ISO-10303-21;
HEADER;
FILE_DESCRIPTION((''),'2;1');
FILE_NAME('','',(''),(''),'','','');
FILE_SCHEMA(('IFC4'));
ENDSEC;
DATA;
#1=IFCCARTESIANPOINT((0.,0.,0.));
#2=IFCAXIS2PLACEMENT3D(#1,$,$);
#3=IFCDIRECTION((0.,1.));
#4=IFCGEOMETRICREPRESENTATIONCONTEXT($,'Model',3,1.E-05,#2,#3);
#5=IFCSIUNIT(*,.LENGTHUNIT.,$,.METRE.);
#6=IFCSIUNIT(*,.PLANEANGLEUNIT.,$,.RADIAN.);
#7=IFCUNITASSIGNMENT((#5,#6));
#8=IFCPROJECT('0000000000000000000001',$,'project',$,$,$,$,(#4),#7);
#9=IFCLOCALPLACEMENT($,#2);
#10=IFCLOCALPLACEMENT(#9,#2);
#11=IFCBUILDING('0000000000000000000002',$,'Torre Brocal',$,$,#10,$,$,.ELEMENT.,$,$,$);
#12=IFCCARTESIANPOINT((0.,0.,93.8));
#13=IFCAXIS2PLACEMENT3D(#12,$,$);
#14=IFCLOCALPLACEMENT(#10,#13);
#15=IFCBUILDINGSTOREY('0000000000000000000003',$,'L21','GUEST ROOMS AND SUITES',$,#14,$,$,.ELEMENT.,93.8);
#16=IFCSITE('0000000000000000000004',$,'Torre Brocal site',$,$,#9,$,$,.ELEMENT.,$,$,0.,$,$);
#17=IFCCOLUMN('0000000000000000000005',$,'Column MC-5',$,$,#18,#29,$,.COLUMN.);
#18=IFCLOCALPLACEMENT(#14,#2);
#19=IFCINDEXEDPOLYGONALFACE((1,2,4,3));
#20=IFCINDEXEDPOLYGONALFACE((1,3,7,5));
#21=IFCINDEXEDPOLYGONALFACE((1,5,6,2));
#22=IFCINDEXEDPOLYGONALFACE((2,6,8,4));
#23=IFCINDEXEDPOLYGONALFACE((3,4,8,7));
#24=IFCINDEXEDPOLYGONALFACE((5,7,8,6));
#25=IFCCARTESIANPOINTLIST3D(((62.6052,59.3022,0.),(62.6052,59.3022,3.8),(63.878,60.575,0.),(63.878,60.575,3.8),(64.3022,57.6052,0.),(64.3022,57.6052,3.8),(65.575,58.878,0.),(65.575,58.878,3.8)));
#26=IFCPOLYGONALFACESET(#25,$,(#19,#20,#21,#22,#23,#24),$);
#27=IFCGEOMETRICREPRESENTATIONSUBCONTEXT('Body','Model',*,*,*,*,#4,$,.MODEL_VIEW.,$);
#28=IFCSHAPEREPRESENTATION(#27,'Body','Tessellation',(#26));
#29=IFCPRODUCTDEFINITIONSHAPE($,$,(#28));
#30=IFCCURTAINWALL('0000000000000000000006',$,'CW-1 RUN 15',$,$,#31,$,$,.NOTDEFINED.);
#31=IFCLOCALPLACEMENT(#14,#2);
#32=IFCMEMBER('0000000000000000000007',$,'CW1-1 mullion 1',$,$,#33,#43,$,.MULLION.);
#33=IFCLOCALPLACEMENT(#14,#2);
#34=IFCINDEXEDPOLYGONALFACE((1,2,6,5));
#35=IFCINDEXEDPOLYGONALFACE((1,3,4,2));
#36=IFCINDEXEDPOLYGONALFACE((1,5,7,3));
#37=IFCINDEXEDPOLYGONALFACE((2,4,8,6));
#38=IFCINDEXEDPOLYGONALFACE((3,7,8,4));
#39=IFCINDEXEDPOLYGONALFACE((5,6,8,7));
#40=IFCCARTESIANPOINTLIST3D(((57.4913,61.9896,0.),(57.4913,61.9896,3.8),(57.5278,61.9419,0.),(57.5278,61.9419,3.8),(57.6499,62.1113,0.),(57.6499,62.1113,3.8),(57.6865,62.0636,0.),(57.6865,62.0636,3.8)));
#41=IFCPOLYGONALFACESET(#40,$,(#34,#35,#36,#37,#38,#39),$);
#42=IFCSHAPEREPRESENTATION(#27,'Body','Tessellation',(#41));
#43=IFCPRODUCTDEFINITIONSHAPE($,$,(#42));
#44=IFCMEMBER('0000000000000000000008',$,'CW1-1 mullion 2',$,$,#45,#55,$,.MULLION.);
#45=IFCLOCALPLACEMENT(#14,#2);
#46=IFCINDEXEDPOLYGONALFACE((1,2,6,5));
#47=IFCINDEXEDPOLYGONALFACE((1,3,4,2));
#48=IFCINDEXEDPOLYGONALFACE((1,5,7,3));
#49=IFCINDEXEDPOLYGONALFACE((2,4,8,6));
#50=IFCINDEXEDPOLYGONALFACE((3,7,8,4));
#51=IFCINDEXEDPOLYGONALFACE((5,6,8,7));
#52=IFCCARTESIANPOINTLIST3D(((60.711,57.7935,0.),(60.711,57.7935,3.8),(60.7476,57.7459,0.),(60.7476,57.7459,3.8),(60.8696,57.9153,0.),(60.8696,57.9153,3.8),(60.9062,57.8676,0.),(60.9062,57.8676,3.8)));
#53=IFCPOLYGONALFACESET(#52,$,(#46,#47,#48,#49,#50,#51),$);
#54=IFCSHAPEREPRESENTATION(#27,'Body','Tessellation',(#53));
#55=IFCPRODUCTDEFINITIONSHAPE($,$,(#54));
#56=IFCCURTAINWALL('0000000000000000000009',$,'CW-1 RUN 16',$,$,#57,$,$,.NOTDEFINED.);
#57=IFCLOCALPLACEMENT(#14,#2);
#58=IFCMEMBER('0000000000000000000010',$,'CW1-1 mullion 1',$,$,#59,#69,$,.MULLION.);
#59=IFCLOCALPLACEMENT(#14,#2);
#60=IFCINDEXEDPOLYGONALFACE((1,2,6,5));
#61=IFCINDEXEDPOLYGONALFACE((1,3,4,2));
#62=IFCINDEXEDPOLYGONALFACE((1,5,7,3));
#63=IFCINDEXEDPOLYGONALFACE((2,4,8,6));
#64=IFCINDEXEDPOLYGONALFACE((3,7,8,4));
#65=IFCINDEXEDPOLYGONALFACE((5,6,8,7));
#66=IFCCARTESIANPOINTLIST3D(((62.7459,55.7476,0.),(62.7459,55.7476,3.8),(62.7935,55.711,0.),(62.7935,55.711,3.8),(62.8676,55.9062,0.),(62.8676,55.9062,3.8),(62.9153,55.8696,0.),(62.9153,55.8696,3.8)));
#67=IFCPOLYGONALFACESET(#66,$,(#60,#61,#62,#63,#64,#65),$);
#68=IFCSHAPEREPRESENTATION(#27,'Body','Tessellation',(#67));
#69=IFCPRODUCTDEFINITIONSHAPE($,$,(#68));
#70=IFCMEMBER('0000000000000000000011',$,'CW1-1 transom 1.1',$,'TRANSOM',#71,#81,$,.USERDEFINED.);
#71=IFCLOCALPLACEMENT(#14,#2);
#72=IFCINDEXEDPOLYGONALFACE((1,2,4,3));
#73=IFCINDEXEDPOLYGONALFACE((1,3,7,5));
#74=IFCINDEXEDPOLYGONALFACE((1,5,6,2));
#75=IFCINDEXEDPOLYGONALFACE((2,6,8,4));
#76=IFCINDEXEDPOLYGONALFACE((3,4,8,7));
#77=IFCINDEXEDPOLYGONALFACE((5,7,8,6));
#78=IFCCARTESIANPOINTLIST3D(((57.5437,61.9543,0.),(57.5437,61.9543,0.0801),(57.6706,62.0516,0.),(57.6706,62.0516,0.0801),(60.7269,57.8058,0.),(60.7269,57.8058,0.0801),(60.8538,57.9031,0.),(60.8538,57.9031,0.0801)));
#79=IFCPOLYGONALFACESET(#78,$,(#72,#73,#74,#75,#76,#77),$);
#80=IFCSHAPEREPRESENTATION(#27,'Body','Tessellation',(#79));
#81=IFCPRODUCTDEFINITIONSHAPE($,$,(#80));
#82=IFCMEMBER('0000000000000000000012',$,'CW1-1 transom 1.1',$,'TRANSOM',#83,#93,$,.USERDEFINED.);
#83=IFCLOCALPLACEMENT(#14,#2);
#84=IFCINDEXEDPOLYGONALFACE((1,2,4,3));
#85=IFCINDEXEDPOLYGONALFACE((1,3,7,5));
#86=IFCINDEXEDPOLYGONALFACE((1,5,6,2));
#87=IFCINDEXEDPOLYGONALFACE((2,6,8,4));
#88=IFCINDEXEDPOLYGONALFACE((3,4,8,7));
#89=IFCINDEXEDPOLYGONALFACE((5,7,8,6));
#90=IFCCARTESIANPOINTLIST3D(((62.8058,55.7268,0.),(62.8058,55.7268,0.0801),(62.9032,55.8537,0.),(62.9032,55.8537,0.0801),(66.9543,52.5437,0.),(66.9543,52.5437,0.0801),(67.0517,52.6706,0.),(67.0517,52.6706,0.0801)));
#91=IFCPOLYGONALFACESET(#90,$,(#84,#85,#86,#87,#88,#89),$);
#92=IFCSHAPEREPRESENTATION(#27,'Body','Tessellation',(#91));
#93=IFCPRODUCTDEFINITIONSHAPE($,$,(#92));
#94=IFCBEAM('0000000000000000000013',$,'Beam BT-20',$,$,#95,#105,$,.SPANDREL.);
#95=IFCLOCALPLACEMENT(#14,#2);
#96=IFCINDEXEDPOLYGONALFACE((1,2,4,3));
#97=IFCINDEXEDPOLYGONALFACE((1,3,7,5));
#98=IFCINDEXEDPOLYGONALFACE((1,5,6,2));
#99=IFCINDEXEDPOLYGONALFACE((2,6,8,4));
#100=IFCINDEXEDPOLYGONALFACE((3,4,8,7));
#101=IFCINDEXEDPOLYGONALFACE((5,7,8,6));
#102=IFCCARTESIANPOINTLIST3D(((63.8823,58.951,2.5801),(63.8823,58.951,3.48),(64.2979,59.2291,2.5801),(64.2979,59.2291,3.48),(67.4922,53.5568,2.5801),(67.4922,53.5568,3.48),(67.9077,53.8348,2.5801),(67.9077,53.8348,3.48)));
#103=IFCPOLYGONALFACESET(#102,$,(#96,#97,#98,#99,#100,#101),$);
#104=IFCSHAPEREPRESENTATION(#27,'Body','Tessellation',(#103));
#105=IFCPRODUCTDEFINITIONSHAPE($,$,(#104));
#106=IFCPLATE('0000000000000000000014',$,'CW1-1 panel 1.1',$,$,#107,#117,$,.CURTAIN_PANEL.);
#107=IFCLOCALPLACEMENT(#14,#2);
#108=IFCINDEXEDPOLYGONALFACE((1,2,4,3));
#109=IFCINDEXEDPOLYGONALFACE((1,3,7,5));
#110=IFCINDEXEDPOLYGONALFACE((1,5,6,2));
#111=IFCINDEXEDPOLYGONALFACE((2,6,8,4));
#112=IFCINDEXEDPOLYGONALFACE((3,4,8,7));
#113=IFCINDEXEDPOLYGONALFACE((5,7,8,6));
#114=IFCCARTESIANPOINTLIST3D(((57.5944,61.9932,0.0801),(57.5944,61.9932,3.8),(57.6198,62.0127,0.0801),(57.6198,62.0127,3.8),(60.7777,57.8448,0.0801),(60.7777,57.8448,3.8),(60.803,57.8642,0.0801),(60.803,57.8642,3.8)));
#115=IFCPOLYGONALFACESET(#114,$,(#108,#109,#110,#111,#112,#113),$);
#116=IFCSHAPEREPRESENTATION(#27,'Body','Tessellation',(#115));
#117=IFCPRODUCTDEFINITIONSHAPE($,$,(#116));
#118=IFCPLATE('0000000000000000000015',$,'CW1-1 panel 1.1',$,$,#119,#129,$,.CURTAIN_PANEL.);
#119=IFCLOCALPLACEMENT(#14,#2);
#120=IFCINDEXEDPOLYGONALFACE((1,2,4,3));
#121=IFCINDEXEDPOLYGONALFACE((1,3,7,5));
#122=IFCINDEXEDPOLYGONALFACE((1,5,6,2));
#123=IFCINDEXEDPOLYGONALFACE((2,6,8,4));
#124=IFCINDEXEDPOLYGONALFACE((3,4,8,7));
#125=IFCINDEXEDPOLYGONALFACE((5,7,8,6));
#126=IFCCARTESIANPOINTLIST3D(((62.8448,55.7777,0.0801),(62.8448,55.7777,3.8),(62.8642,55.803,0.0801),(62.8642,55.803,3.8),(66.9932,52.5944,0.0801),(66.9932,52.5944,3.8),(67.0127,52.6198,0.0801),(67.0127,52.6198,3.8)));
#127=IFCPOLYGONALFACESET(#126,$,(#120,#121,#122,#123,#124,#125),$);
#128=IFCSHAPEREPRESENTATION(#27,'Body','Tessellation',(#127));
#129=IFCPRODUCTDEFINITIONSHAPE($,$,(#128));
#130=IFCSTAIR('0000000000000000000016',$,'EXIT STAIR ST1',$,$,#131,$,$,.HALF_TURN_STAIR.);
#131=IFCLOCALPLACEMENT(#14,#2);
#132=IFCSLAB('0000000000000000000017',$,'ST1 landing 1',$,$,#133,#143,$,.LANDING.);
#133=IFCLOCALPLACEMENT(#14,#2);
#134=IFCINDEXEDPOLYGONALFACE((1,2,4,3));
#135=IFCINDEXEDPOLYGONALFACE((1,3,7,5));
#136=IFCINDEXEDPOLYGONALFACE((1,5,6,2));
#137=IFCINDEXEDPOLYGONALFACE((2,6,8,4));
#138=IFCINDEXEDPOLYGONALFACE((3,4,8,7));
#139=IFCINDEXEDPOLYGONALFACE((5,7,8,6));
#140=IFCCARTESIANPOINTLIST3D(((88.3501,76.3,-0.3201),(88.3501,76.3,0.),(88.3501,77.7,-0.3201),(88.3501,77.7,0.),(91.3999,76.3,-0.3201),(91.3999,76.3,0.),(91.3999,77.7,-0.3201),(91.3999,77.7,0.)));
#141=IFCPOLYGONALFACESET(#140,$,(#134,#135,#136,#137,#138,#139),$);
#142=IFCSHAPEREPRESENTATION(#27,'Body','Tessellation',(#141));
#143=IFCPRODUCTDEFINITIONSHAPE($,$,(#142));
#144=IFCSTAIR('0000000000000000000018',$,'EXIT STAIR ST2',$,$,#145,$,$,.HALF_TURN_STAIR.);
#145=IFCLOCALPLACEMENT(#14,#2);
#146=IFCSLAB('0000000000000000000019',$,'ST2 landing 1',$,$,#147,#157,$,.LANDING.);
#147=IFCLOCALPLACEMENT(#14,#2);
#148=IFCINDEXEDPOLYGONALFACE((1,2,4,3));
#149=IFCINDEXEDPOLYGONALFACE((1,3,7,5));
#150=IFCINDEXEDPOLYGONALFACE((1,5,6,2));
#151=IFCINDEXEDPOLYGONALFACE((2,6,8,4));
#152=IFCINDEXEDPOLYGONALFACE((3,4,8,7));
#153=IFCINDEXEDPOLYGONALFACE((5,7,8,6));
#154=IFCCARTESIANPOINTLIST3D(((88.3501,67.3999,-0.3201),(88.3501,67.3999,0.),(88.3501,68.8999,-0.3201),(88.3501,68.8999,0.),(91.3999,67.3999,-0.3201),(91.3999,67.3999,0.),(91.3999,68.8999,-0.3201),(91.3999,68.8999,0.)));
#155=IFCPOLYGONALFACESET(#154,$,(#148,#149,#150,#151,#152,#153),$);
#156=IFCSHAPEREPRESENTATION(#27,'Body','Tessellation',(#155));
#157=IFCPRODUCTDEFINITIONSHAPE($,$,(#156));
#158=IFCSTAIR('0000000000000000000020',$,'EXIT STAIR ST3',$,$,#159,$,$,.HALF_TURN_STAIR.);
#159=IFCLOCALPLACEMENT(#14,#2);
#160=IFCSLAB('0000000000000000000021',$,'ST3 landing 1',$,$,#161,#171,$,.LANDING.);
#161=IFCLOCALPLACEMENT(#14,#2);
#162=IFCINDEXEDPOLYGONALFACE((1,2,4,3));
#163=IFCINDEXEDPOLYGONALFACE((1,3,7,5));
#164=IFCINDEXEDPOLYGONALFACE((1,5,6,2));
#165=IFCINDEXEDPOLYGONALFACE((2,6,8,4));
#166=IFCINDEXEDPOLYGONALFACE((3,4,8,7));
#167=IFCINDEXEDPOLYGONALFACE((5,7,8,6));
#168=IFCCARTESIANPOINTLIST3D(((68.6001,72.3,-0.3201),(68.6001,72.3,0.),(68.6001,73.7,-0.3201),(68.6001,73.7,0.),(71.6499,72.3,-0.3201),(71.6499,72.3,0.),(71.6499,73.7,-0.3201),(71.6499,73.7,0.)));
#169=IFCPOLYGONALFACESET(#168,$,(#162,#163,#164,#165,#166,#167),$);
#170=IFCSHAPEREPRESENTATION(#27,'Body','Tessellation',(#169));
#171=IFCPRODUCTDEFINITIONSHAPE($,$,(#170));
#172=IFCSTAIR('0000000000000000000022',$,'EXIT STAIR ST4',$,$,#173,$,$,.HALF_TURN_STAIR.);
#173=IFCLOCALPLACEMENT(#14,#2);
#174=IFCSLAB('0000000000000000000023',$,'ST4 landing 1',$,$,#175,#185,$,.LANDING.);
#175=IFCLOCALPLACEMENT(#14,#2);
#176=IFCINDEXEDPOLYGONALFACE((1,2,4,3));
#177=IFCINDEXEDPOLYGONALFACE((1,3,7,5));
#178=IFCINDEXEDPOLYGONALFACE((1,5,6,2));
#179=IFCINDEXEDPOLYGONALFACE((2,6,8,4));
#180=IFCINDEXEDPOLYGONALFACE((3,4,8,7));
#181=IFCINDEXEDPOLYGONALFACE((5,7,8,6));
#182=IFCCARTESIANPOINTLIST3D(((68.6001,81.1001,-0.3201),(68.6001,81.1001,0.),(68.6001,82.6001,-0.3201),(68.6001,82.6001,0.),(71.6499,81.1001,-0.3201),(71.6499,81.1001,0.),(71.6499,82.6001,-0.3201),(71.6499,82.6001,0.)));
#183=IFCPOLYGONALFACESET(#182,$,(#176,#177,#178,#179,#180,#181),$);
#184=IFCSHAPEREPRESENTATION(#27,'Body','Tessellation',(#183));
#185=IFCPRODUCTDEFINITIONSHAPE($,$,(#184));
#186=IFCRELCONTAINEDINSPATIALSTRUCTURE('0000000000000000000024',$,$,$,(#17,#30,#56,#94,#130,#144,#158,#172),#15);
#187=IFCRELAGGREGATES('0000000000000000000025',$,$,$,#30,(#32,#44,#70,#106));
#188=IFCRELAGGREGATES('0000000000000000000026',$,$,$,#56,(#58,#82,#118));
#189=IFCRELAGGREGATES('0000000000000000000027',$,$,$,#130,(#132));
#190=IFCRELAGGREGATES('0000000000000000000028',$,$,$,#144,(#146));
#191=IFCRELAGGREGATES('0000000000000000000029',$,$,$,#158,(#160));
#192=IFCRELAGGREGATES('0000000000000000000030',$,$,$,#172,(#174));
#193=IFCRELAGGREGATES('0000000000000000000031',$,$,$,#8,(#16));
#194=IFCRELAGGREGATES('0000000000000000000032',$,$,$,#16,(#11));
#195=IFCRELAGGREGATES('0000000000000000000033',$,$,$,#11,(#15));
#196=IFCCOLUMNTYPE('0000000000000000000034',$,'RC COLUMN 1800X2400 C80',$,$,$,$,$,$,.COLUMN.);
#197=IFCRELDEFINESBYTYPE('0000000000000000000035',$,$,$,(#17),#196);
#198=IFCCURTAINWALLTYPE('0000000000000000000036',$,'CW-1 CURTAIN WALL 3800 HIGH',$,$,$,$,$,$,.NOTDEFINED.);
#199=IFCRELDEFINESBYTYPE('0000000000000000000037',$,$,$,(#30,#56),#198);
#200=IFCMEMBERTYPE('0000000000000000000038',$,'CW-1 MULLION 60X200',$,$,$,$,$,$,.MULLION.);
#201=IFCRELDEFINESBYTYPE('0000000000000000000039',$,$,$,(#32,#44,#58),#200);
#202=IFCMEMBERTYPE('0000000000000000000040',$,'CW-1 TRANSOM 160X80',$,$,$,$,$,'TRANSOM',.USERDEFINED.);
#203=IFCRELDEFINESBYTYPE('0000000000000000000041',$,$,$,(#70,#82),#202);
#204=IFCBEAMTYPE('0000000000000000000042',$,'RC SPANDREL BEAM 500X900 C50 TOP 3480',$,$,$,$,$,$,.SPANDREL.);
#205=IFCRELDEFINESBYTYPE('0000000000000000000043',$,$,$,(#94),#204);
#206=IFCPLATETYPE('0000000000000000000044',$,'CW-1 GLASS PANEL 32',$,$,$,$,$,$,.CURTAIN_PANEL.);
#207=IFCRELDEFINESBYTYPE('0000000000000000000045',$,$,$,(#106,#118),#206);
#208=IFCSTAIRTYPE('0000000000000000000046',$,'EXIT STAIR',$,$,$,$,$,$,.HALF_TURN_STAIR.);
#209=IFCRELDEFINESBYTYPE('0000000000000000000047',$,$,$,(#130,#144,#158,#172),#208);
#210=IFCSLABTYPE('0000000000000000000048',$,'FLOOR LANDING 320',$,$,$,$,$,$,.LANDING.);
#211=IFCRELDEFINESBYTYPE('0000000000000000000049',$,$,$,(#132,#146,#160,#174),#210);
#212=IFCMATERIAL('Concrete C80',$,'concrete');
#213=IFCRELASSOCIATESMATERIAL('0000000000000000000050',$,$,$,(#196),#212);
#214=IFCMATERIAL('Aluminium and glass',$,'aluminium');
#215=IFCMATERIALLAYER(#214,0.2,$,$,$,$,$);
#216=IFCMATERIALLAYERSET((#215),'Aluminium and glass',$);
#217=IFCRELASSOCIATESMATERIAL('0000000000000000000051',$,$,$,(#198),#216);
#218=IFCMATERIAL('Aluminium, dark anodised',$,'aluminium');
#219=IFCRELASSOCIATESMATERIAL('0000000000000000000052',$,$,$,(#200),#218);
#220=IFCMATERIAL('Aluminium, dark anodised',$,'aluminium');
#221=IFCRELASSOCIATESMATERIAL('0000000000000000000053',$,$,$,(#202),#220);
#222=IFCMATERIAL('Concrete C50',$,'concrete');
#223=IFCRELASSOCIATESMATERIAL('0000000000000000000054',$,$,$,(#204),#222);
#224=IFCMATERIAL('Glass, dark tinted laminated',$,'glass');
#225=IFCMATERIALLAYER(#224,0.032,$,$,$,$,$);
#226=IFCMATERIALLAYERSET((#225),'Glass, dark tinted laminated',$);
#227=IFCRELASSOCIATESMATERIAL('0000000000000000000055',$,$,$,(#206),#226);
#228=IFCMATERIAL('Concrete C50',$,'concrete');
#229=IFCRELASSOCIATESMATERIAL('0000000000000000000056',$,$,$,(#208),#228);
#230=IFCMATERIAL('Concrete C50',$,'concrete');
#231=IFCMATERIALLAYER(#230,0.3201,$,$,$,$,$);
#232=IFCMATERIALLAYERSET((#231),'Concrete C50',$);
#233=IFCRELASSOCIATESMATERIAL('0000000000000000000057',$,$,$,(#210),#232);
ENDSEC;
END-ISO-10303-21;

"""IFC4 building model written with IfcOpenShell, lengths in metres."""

from ifc_helpers import new_model, si_unit, direction, frame, origin, origin_2d, place, context, subcontext, project, spatial, polyline, rectangle, outline, extrude, material, layer, layer_set, material_profile, profile_set, type_object, element, aggregate, save


model = new_model("IFC4")

# Units and contexts
model_context = context("Model", 3, precision=1e-05, world=origin(), true_north=direction((0.0, 1.0)))
body_context = subcontext(model_context, "Body", "Model", "MODEL_VIEW")
ifc_project = project(units=[si_unit("LENGTHUNIT", "METRE"), si_unit("PLANEANGLEUNIT", "RADIAN")], contexts=[model_context])

# Site, building, storey
site_placement = place(None, origin())
site = spatial("IfcSite", under=ifc_project, at=site_placement, Name="Torre Brocal site", CompositionType="ELEMENT", RefElevation=0.0)
building_placement = place(site_placement, origin())
building = spatial("IfcBuilding", under=site, at=building_placement, Name="Torre Brocal", CompositionType="ELEMENT")
storey_placement = place(building_placement, frame((0.0, 0.0, 93.8)))
storey = spatial("IfcBuildingStorey", under=building, at=storey_placement, Name="L21", Description="GUEST ROOMS AND SUITES", CompositionType="ELEMENT", Elevation=93.8)

# Column
ifc_material_1 = material(Name="Concrete C80", Category="concrete")
ifc_material_profile_1 = material_profile(ifc_material_1, rectangle(XDim=1.8, YDim=2.3999, at=origin_2d()), Name="RC 1800X2400")
ifc_profile_set_1 = profile_set([ifc_material_profile_1], Name="Concrete C80")
column_type = type_object("IfcColumnType", Name="RC COLUMN 1800X2400 C80", PredefinedType="COLUMN", material=ifc_profile_set_1)
column_placement = place(storey_placement, frame((64.0901, 59.0901, 0.0), z_axis=(0.0, 0.0, 1.0), x_axis=(-0.707107, -0.707107, 0.0)))
element("IfcColumn", 1, at=column_placement, inside=storey, type_object=column_type, Name="Column MC-5", PredefinedType="COLUMN", context=body_context, shape_type="SweptSolid", body=[
    extrude(rectangle(XDim=1.8, YDim=2.3999, at=origin_2d()), origin(), (0.0, 0.0, 1.0), 3.8),
])

# Curtain wall, members
ifc_material_2 = material(Name="Aluminium and glass", Category="aluminium")
ifc_layer_1 = layer(ifc_material_2, 0.2)
ifc_layer_set_1 = layer_set([ifc_layer_1], Name="Aluminium and glass")
curtain_wall_type = type_object("IfcCurtainWallType", Name="CW-1 CURTAIN WALL 3800 HIGH", PredefinedType="NOTDEFINED", material=ifc_layer_set_1)
curtain_wall_1_placement = place(storey_placement, origin())
curtain_wall_1 = element("IfcCurtainWall", 2, at=curtain_wall_1_placement, inside=storey, type_object=curtain_wall_type, Name="CW-1 RUN 15", PredefinedType="NOTDEFINED")
ifc_material_3 = material(Name="Aluminium, dark anodised", Category="aluminium")
ifc_material_profile_2 = material_profile(ifc_material_3, rectangle(XDim=0.2, YDim=0.0601, at=origin_2d()), Name="CW-1 MULLION 60X200")
ifc_profile_set_2 = profile_set([ifc_material_profile_2], Name="Aluminium, dark anodised")
member_type_1 = type_object("IfcMemberType", Name="CW-1 MULLION 60X200", PredefinedType="MULLION", material=ifc_profile_set_2)
member_1_placement = place(storey_placement, frame((57.5889, 62.0266, 0.0), z_axis=(0.0, 0.0, 1.0), x_axis=(0.793353, 0.608761, 0.0)))
member_1 = element("IfcMember", 3, at=member_1_placement, type_object=member_type_1, Name="CW1-1 mullion 1", PredefinedType="MULLION", context=body_context, shape_type="SweptSolid", body=[
    extrude(rectangle(XDim=0.2, YDim=0.0601, at=origin_2d()), origin(), (0.0, 0.0, 1.0), 3.8),
])
member_2_placement = place(storey_placement, frame((60.8086, 57.8306, 0.0), z_axis=(0.0, 0.0, 1.0), x_axis=(0.793353, 0.608761, 0.0)))
member_2 = element("IfcMember", 4, at=member_2_placement, type_object=member_type_1, Name="CW1-1 mullion 2", PredefinedType="MULLION", context=body_context, shape_type="SweptSolid", body=[
    extrude(rectangle(XDim=0.2, YDim=0.0601, at=origin_2d()), origin(), (0.0, 0.0, 1.0), 3.8),
])

# Curtain wall, member
curtain_wall_2_placement = place(storey_placement, origin())
curtain_wall_2 = element("IfcCurtainWall", 5, at=curtain_wall_2_placement, inside=storey, type_object=curtain_wall_type, Name="CW-1 RUN 16", PredefinedType="NOTDEFINED")
member_3_placement = place(storey_placement, frame((62.8306, 55.8086, 0.0), z_axis=(0.0, 0.0, 1.0), x_axis=(0.608761, 0.793353, 0.0)))
member_3 = element("IfcMember", 6, at=member_3_placement, type_object=member_type_1, Name="CW1-1 mullion 1", PredefinedType="MULLION", context=body_context, shape_type="SweptSolid", body=[
    extrude(rectangle(XDim=0.2, YDim=0.0601, at=origin_2d()), origin(), (0.0, 0.0, 1.0), 3.8),
])

# Members
ifc_material_4 = material(Name="Aluminium, dark anodised", Category="aluminium")
ifc_material_profile_3 = material_profile(ifc_material_4, rectangle(XDim=0.1599, YDim=0.0801, at=origin_2d()), Name="CW-1 TRANSOM 160X80")
ifc_profile_set_3 = profile_set([ifc_material_profile_3], Name="Aluminium, dark anodised")
member_type_2 = type_object("IfcMemberType", Name="CW-1 TRANSOM 160X80", ElementType="TRANSOM", PredefinedType="USERDEFINED", material=ifc_profile_set_3)
member_4_placement = place(storey_placement, frame((57.6072, 62.0029, 0.04), z_axis=(0.608749, -0.793363, 0.0), x_axis=(0.793363, 0.608749, 0.0)))
member_4 = element("IfcMember", 7, at=member_4_placement, type_object=member_type_2, Name="CW1-1 transom 1.1", ObjectType="TRANSOM", PredefinedType="USERDEFINED", context=body_context, shape_type="SweptSolid", body=[
    extrude(rectangle(XDim=0.1599, YDim=0.0801, at=origin_2d()), origin(), (0.0, 0.0, 1.0), 5.229),
])
member_5_placement = place(storey_placement, frame((62.8545, 55.7903, 0.04), z_axis=(0.793363, -0.608749, 0.0), x_axis=(0.608749, 0.793363, 0.0)))
member_5 = element("IfcMember", 8, at=member_5_placement, type_object=member_type_2, Name="CW1-1 transom 1.1", ObjectType="TRANSOM", PredefinedType="USERDEFINED", context=body_context, shape_type="SweptSolid", body=[
    extrude(rectangle(XDim=0.1599, YDim=0.0801, at=origin_2d()), origin(), (0.0, 0.0, 1.0), 5.229),
])

# Beam
ifc_material_5 = material(Name="Concrete C50", Category="concrete")
ifc_material_profile_4 = material_profile(ifc_material_5, rectangle(XDim=0.5, YDim=0.8999, at=origin_2d()), Name="RC 500X900")
ifc_profile_set_4 = profile_set([ifc_material_profile_4], Name="Concrete C50")
beam_type = type_object("IfcBeamType", Name="RC SPANDREL BEAM 500X900 C50 TOP 3480", PredefinedType="SPANDREL", material=ifc_profile_set_4)
beam_placement = place(storey_placement, frame((64.0901, 59.0901, 3.03), z_axis=(0.556158, -0.831077, 0.0), x_axis=(0.831077, 0.556158, 0.0)))
element("IfcBeam", 9, at=beam_placement, inside=storey, type_object=beam_type, Name="Beam BT-20", PredefinedType="SPANDREL", context=body_context, shape_type="SweptSolid", body=[
    extrude(rectangle(XDim=0.5, YDim=0.8999, at=origin_2d()), origin(), (0.0, 0.0, 1.0), 6.4907),
])

# Plates
ifc_material_6 = material(Name="Glass, dark tinted laminated", Category="glass")
ifc_layer_2 = layer(ifc_material_6, 0.032)
ifc_layer_set_2 = layer_set([ifc_layer_2], Name="Glass, dark tinted laminated")
plate_type = type_object("IfcPlateType", Name="CW-1 GLASS PANEL 32", PredefinedType="CURTAIN_PANEL", material=ifc_layer_set_2)
plate_1_placement = place(storey_placement, frame((59.1987, 59.9287, 0.0801), z_axis=(0.0, 0.0, 1.0), x_axis=(0.608761, -0.793353, 0.0)))
plate_1 = element("IfcPlate", 10, at=plate_1_placement, type_object=plate_type, Name="CW1-1 panel 1.1", PredefinedType="CURTAIN_PANEL", context=body_context, shape_type="SweptSolid", body=[
    extrude(rectangle(XDim=5.229, YDim=0.032, at=origin_2d()), origin(), (0.0, 0.0, 1.0), 3.72),
])
aggregate(curtain_wall_1, [member_1, member_2, member_4, plate_1])
plate_2_placement = place(storey_placement, frame((64.9287, 54.1987, 0.0801), z_axis=(0.0, 0.0, 1.0), x_axis=(0.793353, -0.608761, 0.0)))
plate_2 = element("IfcPlate", 11, at=plate_2_placement, type_object=plate_type, Name="CW1-1 panel 1.1", PredefinedType="CURTAIN_PANEL", context=body_context, shape_type="SweptSolid", body=[
    extrude(rectangle(XDim=5.229, YDim=0.032, at=origin_2d()), origin(), (0.0, 0.0, 1.0), 3.72),
])
aggregate(curtain_wall_2, [member_3, member_5, plate_2])

# Stairs, slabs
ifc_material_7 = material(Name="Concrete C50", Category="concrete")
stair_type = type_object("IfcStairType", Name="EXIT STAIR", PredefinedType="HALF_TURN_STAIR", material=ifc_material_7)
stair_1_placement = place(storey_placement, origin())
stair_1 = element("IfcStair", 12, at=stair_1_placement, inside=storey, type_object=stair_type, Name="EXIT STAIR ST1", PredefinedType="HALF_TURN_STAIR")
ifc_material_8 = material(Name="Concrete C50", Category="concrete")
ifc_layer_3 = layer(ifc_material_8, 0.3201)
ifc_layer_set_3 = layer_set([ifc_layer_3], Name="Concrete C50")
slab_type_1 = type_object("IfcSlabType", Name="FLOOR LANDING 320", PredefinedType="LANDING", material=ifc_layer_set_3)
slab_1_placement = place(storey_placement, frame((0.0, 0.0, -0.3201)))
slab_1 = element("IfcSlab", 13, at=slab_1_placement, type_object=slab_type_1, Name="ST1 landing 1", PredefinedType="LANDING", context=body_context, shape_type="SweptSolid", body=[
    extrude(outline(polyline([(88.3501, 76.3), (91.3999, 76.3), (91.3999, 77.7), (88.3501, 77.7), (88.3501, 76.3)])), origin(), (0.0, 0.0, 1.0), 0.3201),
])
stair_2_placement = place(storey_placement, origin())
stair_2 = element("IfcStair", 14, at=stair_2_placement, inside=storey, type_object=stair_type, Name="EXIT STAIR ST2", PredefinedType="HALF_TURN_STAIR")
slab_2_placement = place(storey_placement, frame((0.0, 0.0, -0.3201)))
slab_2 = element("IfcSlab", 15, at=slab_2_placement, type_object=slab_type_1, Name="ST2 landing 1", PredefinedType="LANDING", context=body_context, shape_type="SweptSolid", body=[
    extrude(outline(polyline([(88.3501, 67.3999), (91.3999, 67.3999), (91.3999, 68.8999), (88.3501, 68.8999), (88.3501, 67.3999)])), origin(), (0.0, 0.0, 1.0), 0.3201),
])
stair_3_placement = place(storey_placement, origin())
stair_3 = element("IfcStair", 16, at=stair_3_placement, inside=storey, type_object=stair_type, Name="EXIT STAIR ST3", PredefinedType="HALF_TURN_STAIR")
slab_3_placement = place(storey_placement, frame((0.0, 0.0, -0.3201)))
slab_3 = element("IfcSlab", 17, at=slab_3_placement, type_object=slab_type_1, Name="ST3 landing 1", PredefinedType="LANDING", context=body_context, shape_type="SweptSolid", body=[
    extrude(outline(polyline([(71.6499, 73.7), (68.6001, 73.7), (68.6001, 72.3), (71.6499, 72.3), (71.6499, 73.7)])), origin(), (0.0, 0.0, 1.0), 0.3201),
])
stair_4_placement = place(storey_placement, origin())
stair_4 = element("IfcStair", 18, at=stair_4_placement, inside=storey, type_object=stair_type, Name="EXIT STAIR ST4", PredefinedType="HALF_TURN_STAIR")
slab_4_placement = place(storey_placement, frame((0.0, 0.0, -0.3201)))
slab_4 = element("IfcSlab", 19, at=slab_4_placement, type_object=slab_type_1, Name="ST4 landing 1", PredefinedType="LANDING", context=body_context, shape_type="SweptSolid", body=[
    extrude(outline(polyline([(71.6499, 82.6001), (68.6001, 82.6001), (68.6001, 81.1001), (71.6499, 81.1001), (71.6499, 82.6001)])), origin(), (0.0, 0.0, 1.0), 0.3201),
])

aggregate(stair_1, [slab_1])
aggregate(stair_2, [slab_2])
aggregate(stair_3, [slab_3])
aggregate(stair_4, [slab_4])

save(model, "model.ifc")
